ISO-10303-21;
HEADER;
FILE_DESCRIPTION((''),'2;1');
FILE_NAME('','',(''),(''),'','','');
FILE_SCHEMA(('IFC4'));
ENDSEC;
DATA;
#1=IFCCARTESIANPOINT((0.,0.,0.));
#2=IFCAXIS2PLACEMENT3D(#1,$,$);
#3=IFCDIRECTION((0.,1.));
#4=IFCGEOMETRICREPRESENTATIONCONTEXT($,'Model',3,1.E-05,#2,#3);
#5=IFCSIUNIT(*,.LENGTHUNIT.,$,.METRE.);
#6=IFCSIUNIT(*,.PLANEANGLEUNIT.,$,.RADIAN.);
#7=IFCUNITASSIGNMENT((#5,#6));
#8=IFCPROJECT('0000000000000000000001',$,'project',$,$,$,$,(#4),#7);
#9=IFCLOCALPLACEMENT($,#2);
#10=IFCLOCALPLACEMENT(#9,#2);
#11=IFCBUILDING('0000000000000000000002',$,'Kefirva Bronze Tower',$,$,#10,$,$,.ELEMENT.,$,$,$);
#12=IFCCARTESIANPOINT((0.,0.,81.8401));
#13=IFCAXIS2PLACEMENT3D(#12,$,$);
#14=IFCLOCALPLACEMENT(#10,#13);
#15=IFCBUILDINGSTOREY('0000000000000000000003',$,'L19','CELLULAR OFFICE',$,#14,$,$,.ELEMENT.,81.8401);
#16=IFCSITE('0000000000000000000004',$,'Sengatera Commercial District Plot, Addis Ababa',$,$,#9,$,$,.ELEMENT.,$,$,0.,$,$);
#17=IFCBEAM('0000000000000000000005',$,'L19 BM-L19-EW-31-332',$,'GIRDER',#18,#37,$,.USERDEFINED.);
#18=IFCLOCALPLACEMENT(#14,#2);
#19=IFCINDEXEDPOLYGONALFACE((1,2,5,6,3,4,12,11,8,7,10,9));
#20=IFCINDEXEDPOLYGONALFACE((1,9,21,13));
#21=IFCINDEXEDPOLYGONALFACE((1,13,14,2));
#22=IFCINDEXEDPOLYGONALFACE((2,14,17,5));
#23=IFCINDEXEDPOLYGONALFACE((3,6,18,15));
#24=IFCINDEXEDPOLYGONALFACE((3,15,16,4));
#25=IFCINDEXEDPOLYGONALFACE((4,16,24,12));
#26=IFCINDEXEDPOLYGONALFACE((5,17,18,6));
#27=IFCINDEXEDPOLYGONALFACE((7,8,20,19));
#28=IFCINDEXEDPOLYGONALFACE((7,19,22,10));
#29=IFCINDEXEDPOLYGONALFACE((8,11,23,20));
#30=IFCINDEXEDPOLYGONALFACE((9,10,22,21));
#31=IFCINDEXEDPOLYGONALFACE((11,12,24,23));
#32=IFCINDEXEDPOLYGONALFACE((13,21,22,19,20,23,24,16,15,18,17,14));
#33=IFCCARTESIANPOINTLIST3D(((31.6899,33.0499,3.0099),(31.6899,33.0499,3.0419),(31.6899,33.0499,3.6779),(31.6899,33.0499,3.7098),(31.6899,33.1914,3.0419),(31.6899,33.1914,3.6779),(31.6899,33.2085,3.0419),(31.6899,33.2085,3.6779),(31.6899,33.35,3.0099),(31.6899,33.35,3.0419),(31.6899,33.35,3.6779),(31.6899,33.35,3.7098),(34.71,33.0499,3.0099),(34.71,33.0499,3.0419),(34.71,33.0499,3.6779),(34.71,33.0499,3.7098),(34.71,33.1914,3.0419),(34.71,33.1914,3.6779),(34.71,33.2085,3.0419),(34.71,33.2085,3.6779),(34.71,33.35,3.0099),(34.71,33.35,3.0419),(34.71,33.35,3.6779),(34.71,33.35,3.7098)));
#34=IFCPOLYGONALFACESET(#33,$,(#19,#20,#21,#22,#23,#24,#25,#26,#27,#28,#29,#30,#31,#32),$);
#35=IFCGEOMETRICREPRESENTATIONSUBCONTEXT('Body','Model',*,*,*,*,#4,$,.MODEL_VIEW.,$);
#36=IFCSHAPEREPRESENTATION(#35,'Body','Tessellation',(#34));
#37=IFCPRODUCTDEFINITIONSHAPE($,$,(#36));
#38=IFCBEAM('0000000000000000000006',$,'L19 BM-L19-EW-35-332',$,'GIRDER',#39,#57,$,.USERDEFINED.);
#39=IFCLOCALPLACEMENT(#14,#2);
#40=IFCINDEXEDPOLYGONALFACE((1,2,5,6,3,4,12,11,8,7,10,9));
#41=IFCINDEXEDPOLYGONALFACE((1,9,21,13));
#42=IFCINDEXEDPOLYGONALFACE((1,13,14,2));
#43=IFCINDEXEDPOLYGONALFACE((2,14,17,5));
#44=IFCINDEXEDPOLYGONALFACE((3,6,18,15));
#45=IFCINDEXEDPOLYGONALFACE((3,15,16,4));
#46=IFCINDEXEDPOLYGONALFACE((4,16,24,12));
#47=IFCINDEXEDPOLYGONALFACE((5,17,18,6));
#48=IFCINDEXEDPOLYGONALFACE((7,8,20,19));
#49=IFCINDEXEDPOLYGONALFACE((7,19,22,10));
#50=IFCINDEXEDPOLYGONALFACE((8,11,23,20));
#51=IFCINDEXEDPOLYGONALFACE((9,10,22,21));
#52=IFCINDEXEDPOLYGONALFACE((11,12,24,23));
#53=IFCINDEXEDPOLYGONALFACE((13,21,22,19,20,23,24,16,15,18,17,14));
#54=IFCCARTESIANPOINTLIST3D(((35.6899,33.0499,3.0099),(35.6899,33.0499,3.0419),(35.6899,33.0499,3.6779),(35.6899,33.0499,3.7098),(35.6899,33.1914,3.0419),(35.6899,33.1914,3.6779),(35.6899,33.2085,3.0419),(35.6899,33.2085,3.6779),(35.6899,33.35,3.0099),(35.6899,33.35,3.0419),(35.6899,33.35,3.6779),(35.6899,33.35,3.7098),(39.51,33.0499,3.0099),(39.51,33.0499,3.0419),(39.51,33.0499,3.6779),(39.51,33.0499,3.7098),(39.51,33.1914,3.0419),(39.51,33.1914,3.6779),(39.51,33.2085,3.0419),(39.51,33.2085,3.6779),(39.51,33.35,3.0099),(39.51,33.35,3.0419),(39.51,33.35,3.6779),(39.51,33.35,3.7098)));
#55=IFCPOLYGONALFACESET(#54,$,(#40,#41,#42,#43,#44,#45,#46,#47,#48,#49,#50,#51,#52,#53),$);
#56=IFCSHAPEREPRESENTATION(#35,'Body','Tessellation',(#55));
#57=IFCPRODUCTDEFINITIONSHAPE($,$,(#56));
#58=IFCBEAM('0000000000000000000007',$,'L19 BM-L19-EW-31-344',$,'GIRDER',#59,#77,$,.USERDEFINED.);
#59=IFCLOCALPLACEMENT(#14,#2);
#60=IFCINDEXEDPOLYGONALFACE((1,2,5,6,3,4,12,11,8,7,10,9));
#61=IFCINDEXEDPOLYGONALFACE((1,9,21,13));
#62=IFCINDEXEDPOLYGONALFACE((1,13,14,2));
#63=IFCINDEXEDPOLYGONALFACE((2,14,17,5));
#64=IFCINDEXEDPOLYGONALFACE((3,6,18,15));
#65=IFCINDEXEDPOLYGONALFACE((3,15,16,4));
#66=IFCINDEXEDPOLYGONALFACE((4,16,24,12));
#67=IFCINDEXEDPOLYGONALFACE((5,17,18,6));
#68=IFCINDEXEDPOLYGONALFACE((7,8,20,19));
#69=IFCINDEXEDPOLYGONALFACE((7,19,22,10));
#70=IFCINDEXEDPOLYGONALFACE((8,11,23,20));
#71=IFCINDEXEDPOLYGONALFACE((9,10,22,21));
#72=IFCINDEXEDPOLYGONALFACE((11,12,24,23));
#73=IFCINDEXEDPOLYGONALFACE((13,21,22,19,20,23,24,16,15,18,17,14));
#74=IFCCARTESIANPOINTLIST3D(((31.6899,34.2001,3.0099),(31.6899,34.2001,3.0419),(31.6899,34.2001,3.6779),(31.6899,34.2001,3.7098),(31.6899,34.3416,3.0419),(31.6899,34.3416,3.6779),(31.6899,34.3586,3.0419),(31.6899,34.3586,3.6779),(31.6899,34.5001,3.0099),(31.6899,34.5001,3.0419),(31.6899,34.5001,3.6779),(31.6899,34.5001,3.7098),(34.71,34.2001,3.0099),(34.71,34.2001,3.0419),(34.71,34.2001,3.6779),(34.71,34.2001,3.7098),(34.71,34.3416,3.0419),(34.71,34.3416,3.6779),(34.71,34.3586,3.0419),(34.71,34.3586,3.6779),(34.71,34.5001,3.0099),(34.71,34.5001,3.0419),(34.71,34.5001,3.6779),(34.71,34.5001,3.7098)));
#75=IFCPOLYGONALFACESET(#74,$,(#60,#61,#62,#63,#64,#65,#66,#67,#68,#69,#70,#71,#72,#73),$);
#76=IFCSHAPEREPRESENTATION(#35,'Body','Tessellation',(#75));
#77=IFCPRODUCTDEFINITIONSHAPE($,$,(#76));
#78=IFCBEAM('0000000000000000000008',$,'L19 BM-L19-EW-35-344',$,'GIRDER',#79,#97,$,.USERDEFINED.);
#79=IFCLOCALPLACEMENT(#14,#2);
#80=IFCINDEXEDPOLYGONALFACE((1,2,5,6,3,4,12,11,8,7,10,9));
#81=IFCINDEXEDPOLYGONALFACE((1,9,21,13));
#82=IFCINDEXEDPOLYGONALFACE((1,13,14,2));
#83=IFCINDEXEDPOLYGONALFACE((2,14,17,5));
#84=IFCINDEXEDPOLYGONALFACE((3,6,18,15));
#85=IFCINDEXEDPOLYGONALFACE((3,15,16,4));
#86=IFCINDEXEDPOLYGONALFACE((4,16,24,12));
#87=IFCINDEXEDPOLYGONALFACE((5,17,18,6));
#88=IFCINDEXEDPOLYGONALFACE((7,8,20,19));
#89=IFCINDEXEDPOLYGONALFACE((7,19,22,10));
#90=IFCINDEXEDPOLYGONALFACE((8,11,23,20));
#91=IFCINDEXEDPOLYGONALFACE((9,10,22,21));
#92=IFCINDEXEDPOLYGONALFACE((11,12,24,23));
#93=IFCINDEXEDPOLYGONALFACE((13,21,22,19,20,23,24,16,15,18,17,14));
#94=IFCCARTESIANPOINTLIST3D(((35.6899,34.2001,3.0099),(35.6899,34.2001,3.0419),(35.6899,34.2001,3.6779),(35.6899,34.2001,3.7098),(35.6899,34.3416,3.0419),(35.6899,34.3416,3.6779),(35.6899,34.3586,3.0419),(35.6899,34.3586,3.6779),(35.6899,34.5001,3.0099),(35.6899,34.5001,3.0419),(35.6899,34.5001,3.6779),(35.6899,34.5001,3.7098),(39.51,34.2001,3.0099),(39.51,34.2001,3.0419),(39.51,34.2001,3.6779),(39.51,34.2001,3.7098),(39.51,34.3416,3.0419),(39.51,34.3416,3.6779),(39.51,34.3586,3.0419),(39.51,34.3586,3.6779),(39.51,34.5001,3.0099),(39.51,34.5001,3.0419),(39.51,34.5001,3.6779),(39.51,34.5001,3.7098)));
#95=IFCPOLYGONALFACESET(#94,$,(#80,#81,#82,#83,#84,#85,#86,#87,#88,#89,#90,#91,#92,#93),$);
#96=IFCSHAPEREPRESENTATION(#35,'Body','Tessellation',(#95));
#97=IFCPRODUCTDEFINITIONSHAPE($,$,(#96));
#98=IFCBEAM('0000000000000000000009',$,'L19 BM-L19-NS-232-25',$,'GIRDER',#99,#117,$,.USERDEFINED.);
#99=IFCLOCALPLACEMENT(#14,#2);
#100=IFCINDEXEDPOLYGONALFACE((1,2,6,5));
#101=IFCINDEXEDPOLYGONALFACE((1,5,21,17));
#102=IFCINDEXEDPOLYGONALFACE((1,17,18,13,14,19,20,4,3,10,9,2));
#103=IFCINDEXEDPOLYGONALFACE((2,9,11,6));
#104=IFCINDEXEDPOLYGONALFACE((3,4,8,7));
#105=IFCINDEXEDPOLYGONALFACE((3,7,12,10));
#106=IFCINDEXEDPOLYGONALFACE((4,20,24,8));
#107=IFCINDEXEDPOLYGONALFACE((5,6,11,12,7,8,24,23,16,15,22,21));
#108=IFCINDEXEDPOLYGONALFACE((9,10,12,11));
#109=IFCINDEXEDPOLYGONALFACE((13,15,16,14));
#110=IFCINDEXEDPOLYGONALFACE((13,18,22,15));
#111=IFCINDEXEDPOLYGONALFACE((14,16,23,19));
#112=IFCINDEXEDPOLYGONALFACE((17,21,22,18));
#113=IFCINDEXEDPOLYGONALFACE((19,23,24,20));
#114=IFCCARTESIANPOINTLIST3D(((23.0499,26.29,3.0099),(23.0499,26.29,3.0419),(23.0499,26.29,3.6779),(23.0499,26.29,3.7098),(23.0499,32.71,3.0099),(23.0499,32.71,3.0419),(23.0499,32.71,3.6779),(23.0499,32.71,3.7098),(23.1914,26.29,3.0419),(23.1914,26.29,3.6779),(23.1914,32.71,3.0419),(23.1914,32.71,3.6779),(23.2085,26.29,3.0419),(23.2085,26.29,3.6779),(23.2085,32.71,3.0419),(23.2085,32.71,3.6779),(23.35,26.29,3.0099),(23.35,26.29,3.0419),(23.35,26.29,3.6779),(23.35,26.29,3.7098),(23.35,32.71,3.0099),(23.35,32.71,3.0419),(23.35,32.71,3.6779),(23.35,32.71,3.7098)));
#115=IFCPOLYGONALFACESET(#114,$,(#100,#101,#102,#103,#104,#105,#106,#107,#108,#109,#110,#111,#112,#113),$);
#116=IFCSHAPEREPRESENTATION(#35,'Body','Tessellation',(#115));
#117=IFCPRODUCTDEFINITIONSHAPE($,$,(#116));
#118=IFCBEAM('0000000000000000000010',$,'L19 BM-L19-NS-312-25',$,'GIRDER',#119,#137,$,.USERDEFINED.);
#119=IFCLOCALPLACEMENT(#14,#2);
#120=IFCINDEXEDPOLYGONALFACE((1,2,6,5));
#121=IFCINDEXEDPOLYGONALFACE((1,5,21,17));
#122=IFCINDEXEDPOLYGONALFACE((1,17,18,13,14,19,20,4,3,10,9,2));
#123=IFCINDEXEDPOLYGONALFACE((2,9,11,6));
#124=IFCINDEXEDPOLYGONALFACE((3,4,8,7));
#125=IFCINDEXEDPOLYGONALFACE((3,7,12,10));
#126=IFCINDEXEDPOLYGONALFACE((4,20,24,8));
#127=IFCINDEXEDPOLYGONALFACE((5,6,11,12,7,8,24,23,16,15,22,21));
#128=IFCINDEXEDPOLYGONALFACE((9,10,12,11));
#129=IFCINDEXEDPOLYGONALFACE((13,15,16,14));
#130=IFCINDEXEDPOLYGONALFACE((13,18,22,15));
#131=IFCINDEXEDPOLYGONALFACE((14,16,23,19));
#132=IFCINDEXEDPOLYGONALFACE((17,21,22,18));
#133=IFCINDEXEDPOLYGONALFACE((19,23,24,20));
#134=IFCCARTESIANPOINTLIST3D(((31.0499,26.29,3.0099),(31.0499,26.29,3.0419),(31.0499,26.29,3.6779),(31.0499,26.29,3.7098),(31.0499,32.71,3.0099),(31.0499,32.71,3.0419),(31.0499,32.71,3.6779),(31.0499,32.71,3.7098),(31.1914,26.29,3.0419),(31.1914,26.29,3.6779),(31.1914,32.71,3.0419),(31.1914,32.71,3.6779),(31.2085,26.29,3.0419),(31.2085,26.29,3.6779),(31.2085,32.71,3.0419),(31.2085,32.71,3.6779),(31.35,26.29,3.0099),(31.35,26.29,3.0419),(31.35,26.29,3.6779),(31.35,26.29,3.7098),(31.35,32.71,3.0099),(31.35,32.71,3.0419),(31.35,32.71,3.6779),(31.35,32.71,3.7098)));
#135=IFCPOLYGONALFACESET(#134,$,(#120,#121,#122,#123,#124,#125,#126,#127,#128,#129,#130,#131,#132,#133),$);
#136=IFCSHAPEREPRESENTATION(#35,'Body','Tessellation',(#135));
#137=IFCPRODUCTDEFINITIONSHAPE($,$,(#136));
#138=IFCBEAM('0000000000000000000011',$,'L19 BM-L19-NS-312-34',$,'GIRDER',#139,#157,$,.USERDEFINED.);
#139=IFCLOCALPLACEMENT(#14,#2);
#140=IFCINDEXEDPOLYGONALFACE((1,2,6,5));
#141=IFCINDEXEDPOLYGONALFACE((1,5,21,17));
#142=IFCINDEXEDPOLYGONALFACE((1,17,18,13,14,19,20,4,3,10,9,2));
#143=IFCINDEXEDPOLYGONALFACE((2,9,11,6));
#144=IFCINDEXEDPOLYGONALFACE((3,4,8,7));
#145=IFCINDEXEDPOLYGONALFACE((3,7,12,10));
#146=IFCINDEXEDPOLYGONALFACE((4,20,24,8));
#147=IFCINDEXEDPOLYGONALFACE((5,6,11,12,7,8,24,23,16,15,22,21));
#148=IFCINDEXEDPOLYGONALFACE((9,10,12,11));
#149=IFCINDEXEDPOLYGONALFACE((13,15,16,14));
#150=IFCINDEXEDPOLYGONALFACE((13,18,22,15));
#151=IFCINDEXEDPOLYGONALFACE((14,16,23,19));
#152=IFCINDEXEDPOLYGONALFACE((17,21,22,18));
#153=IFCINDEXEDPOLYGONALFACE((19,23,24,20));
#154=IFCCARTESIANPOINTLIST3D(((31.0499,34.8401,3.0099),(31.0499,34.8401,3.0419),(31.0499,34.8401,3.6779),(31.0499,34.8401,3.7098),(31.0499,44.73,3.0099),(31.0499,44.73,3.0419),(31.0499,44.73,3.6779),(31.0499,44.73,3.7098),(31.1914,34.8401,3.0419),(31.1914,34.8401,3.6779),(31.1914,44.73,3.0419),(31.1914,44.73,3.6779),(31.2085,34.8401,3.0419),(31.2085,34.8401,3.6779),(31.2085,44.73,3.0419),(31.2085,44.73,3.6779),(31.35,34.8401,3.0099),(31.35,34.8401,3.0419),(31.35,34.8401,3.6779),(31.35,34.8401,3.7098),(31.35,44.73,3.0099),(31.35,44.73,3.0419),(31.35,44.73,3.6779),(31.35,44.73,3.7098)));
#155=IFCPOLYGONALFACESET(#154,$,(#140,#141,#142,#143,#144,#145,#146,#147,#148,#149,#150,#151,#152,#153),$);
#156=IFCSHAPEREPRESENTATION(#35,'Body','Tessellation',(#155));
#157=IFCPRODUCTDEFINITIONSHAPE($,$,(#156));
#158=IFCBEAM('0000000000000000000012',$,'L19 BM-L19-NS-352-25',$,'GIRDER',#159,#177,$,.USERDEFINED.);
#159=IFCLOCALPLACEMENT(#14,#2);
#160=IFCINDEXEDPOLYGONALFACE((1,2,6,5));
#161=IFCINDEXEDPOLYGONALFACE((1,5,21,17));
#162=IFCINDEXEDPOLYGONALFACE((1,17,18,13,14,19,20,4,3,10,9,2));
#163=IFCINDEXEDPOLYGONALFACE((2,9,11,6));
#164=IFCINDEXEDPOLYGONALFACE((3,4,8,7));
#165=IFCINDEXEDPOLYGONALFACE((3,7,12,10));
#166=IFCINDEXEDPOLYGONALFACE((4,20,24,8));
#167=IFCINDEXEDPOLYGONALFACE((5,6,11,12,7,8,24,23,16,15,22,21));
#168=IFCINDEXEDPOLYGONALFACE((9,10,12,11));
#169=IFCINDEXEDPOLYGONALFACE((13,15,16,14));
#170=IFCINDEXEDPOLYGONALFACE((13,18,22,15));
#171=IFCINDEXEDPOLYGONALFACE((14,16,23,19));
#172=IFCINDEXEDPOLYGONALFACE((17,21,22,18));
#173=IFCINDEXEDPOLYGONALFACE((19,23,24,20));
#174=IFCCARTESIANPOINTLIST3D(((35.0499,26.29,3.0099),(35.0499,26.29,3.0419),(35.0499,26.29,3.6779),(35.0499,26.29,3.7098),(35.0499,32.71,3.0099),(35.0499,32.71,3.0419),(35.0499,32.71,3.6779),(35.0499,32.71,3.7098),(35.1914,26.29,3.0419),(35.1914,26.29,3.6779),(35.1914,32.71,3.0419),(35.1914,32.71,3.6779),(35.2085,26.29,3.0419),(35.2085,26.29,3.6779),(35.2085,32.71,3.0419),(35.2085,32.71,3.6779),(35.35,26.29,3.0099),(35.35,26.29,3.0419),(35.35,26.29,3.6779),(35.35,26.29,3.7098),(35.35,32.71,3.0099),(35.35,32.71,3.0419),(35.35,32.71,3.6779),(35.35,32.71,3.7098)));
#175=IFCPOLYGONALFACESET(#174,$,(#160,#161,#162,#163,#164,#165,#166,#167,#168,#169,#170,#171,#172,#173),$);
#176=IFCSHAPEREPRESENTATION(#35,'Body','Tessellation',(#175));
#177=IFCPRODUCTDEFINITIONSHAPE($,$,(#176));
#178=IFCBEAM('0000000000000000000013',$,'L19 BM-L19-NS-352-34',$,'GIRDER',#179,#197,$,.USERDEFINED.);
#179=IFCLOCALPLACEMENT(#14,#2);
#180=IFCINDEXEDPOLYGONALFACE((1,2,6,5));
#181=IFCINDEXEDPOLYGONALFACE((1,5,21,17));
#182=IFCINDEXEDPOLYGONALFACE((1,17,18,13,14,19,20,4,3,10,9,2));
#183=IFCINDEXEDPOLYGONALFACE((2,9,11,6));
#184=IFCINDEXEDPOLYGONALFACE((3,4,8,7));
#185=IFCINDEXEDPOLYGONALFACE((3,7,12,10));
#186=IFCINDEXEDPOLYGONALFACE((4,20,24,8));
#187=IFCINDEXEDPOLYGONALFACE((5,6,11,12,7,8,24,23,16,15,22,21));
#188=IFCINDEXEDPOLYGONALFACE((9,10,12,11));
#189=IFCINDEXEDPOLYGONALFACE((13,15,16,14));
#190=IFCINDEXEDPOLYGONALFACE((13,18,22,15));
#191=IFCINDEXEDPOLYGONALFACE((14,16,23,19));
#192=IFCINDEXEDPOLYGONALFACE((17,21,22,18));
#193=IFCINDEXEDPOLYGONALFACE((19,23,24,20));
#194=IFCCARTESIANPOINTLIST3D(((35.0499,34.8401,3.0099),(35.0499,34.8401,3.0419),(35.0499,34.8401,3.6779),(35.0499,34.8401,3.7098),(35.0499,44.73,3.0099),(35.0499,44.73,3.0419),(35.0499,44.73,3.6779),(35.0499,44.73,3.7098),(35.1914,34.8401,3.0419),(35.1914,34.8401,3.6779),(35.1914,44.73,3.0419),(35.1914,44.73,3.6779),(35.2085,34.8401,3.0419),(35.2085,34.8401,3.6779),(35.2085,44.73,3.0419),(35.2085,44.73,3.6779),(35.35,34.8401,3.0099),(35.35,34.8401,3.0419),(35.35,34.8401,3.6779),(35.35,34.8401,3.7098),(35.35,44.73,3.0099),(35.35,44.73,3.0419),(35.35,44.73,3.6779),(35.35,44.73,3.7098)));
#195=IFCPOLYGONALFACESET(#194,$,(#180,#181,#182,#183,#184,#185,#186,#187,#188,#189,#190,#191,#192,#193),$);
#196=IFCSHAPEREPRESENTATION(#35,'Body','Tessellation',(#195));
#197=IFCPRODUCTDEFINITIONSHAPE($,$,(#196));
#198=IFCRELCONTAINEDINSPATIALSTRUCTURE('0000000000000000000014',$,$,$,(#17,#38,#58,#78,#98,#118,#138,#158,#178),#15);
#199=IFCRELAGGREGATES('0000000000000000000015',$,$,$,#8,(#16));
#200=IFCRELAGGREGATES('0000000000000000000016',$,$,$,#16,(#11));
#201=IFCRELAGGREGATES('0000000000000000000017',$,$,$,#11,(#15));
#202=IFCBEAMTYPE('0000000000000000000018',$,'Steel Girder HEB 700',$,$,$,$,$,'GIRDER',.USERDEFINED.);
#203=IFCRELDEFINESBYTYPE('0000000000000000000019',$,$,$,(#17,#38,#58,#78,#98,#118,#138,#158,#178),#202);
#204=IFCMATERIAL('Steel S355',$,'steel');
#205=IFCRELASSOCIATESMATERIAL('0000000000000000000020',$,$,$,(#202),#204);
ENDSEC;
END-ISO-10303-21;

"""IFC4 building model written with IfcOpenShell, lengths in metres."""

from ifc_helpers import new_model, si_unit, direction, frame, origin, origin_2d, place, context, subcontext, project, spatial, i_section, extrude, material, material_profile, profile_set, type_object, element, save


model = new_model("IFC4")

# Units and contexts
model_context = context("Model", 3, precision=1e-05, world=origin(), true_north=direction((0.0, 1.0)))
body_context = subcontext(model_context, "Body", "Model", "MODEL_VIEW")
ifc_project = project(units=[si_unit("LENGTHUNIT", "METRE"), si_unit("PLANEANGLEUNIT", "RADIAN")], contexts=[model_context])

# Site, building, storey
site_placement = place(None, origin())
site = spatial("IfcSite", under=ifc_project, at=site_placement, Name="Sengatera Commercial District Plot, Addis Ababa", CompositionType="ELEMENT", RefElevation=0.0)
building_placement = place(site_placement, origin())
building = spatial("IfcBuilding", under=site, at=building_placement, Name="Kefirva Bronze Tower", CompositionType="ELEMENT")
storey_placement = place(building_placement, frame((0.0, 0.0, 81.8401)))
storey = spatial("IfcBuildingStorey", under=building, at=storey_placement, Name="L19", Description="CELLULAR OFFICE", CompositionType="ELEMENT", Elevation=81.8401)

# Beams
ifc_material_1 = material(Name="Steel S355", Category="steel")
ifc_material_profile_1 = material_profile(ifc_material_1, i_section(OverallWidth=0.3, OverallDepth=0.7, WebThickness=0.0171, FlangeThickness=0.032, at=origin_2d()), Name="HEB 700")
ifc_profile_set_1 = profile_set([ifc_material_profile_1], Name="Steel S355")
beam_type_1 = type_object("IfcBeamType", Name="Steel Girder HEB 700", ElementType="GIRDER", PredefinedType="USERDEFINED", material=ifc_profile_set_1)
beam_1_placement = place(storey_placement, frame((31.6899, 33.2, 3.3599), z_axis=(1.0, 0.0, 0.0), x_axis=(0.0, 1.0, 0.0)))
element("IfcBeam", 1, at=beam_1_placement, inside=storey, type_object=beam_type_1, Name="L19 BM-L19-EW-31-332", ObjectType="GIRDER", PredefinedType="USERDEFINED", context=body_context, shape_type="SweptSolid", body=[
    extrude(i_section(OverallWidth=0.3, OverallDepth=0.7, WebThickness=0.0171, FlangeThickness=0.032, at=origin_2d()), origin(), (0.0, 0.0, 1.0), 3.02),
])
beam_2_placement = place(storey_placement, frame((35.6899, 33.2, 3.3599), z_axis=(1.0, 0.0, 0.0), x_axis=(0.0, 1.0, 0.0)))
element("IfcBeam", 2, at=beam_2_placement, inside=storey, type_object=beam_type_1, Name="L19 BM-L19-EW-35-332", ObjectType="GIRDER", PredefinedType="USERDEFINED", context=body_context, shape_type="SweptSolid", body=[
    extrude(i_section(OverallWidth=0.3, OverallDepth=0.7, WebThickness=0.0171, FlangeThickness=0.032, at=origin_2d()), origin(), (0.0, 0.0, 1.0), 3.8201),
])
beam_3_placement = place(storey_placement, frame((31.6899, 34.3501, 3.3599), z_axis=(1.0, 0.0, 0.0), x_axis=(0.0, 1.0, 0.0)))
element("IfcBeam", 3, at=beam_3_placement, inside=storey, type_object=beam_type_1, Name="L19 BM-L19-EW-31-344", ObjectType="GIRDER", PredefinedType="USERDEFINED", context=body_context, shape_type="SweptSolid", body=[
    extrude(i_section(OverallWidth=0.3, OverallDepth=0.7, WebThickness=0.0171, FlangeThickness=0.032, at=origin_2d()), origin(), (0.0, 0.0, 1.0), 3.02),
])
beam_4_placement = place(storey_placement, frame((35.6899, 34.3501, 3.3599), z_axis=(1.0, 0.0, 0.0), x_axis=(0.0, 1.0, 0.0)))
element("IfcBeam", 4, at=beam_4_placement, inside=storey, type_object=beam_type_1, Name="L19 BM-L19-EW-35-344", ObjectType="GIRDER", PredefinedType="USERDEFINED", context=body_context, shape_type="SweptSolid", body=[
    extrude(i_section(OverallWidth=0.3, OverallDepth=0.7, WebThickness=0.0171, FlangeThickness=0.032, at=origin_2d()), origin(), (0.0, 0.0, 1.0), 3.8201),
])
for number, where, z_axis, x_axis, name in (
    (5, (23.2, 26.29, 3.3599), (0.0, 1.0, 0.0), (-1.0, 0.0, 0.0), "L19 BM-L19-NS-232-25"),
    (6, (31.2, 26.29, 3.3599), (0.0, 1.0, 0.0), (-1.0, 0.0, 0.0), "L19 BM-L19-NS-312-25"),
):
    element("IfcBeam", number, at=place(storey_placement, frame(where, z_axis=z_axis, x_axis=x_axis)), inside=storey, type_object=beam_type_1, Name=name, ObjectType="GIRDER", PredefinedType="USERDEFINED", context=body_context, shape_type="SweptSolid", body=[
        extrude(i_section(OverallWidth=0.3, OverallDepth=0.7, WebThickness=0.0171, FlangeThickness=0.032, at=origin_2d()), origin(), (0.0, 0.0, 1.0), 6.4199),
    ])
beam_5_placement = place(storey_placement, frame((31.2, 34.8401, 3.3599), z_axis=(0.0, 1.0, 0.0), x_axis=(-1.0, 0.0, 0.0)))
element("IfcBeam", 7, at=beam_5_placement, inside=storey, type_object=beam_type_1, Name="L19 BM-L19-NS-312-34", ObjectType="GIRDER", PredefinedType="USERDEFINED", context=body_context, shape_type="SweptSolid", body=[
    extrude(i_section(OverallWidth=0.3, OverallDepth=0.7, WebThickness=0.0171, FlangeThickness=0.032, at=origin_2d()), origin(), (0.0, 0.0, 1.0), 9.8899),
])
beam_6_placement = place(storey_placement, frame((35.2, 26.29, 3.3599), z_axis=(0.0, 1.0, 0.0), x_axis=(-1.0, 0.0, 0.0)))
element("IfcBeam", 8, at=beam_6_placement, inside=storey, type_object=beam_type_1, Name="L19 BM-L19-NS-352-25", ObjectType="GIRDER", PredefinedType="USERDEFINED", context=body_context, shape_type="SweptSolid", body=[
    extrude(i_section(OverallWidth=0.3, OverallDepth=0.7, WebThickness=0.0171, FlangeThickness=0.032, at=origin_2d()), origin(), (0.0, 0.0, 1.0), 6.4199),
])
beam_7_placement = place(storey_placement, frame((35.2, 34.8401, 3.3599), z_axis=(0.0, 1.0, 0.0), x_axis=(-1.0, 0.0, 0.0)))
element("IfcBeam", 9, at=beam_7_placement, inside=storey, type_object=beam_type_1, Name="L19 BM-L19-NS-352-34", ObjectType="GIRDER", PredefinedType="USERDEFINED", context=body_context, shape_type="SweptSolid", body=[
    extrude(i_section(OverallWidth=0.3, OverallDepth=0.7, WebThickness=0.0171, FlangeThickness=0.032, at=origin_2d()), origin(), (0.0, 0.0, 1.0), 9.8899),
])

save(model, "model.ifc")
